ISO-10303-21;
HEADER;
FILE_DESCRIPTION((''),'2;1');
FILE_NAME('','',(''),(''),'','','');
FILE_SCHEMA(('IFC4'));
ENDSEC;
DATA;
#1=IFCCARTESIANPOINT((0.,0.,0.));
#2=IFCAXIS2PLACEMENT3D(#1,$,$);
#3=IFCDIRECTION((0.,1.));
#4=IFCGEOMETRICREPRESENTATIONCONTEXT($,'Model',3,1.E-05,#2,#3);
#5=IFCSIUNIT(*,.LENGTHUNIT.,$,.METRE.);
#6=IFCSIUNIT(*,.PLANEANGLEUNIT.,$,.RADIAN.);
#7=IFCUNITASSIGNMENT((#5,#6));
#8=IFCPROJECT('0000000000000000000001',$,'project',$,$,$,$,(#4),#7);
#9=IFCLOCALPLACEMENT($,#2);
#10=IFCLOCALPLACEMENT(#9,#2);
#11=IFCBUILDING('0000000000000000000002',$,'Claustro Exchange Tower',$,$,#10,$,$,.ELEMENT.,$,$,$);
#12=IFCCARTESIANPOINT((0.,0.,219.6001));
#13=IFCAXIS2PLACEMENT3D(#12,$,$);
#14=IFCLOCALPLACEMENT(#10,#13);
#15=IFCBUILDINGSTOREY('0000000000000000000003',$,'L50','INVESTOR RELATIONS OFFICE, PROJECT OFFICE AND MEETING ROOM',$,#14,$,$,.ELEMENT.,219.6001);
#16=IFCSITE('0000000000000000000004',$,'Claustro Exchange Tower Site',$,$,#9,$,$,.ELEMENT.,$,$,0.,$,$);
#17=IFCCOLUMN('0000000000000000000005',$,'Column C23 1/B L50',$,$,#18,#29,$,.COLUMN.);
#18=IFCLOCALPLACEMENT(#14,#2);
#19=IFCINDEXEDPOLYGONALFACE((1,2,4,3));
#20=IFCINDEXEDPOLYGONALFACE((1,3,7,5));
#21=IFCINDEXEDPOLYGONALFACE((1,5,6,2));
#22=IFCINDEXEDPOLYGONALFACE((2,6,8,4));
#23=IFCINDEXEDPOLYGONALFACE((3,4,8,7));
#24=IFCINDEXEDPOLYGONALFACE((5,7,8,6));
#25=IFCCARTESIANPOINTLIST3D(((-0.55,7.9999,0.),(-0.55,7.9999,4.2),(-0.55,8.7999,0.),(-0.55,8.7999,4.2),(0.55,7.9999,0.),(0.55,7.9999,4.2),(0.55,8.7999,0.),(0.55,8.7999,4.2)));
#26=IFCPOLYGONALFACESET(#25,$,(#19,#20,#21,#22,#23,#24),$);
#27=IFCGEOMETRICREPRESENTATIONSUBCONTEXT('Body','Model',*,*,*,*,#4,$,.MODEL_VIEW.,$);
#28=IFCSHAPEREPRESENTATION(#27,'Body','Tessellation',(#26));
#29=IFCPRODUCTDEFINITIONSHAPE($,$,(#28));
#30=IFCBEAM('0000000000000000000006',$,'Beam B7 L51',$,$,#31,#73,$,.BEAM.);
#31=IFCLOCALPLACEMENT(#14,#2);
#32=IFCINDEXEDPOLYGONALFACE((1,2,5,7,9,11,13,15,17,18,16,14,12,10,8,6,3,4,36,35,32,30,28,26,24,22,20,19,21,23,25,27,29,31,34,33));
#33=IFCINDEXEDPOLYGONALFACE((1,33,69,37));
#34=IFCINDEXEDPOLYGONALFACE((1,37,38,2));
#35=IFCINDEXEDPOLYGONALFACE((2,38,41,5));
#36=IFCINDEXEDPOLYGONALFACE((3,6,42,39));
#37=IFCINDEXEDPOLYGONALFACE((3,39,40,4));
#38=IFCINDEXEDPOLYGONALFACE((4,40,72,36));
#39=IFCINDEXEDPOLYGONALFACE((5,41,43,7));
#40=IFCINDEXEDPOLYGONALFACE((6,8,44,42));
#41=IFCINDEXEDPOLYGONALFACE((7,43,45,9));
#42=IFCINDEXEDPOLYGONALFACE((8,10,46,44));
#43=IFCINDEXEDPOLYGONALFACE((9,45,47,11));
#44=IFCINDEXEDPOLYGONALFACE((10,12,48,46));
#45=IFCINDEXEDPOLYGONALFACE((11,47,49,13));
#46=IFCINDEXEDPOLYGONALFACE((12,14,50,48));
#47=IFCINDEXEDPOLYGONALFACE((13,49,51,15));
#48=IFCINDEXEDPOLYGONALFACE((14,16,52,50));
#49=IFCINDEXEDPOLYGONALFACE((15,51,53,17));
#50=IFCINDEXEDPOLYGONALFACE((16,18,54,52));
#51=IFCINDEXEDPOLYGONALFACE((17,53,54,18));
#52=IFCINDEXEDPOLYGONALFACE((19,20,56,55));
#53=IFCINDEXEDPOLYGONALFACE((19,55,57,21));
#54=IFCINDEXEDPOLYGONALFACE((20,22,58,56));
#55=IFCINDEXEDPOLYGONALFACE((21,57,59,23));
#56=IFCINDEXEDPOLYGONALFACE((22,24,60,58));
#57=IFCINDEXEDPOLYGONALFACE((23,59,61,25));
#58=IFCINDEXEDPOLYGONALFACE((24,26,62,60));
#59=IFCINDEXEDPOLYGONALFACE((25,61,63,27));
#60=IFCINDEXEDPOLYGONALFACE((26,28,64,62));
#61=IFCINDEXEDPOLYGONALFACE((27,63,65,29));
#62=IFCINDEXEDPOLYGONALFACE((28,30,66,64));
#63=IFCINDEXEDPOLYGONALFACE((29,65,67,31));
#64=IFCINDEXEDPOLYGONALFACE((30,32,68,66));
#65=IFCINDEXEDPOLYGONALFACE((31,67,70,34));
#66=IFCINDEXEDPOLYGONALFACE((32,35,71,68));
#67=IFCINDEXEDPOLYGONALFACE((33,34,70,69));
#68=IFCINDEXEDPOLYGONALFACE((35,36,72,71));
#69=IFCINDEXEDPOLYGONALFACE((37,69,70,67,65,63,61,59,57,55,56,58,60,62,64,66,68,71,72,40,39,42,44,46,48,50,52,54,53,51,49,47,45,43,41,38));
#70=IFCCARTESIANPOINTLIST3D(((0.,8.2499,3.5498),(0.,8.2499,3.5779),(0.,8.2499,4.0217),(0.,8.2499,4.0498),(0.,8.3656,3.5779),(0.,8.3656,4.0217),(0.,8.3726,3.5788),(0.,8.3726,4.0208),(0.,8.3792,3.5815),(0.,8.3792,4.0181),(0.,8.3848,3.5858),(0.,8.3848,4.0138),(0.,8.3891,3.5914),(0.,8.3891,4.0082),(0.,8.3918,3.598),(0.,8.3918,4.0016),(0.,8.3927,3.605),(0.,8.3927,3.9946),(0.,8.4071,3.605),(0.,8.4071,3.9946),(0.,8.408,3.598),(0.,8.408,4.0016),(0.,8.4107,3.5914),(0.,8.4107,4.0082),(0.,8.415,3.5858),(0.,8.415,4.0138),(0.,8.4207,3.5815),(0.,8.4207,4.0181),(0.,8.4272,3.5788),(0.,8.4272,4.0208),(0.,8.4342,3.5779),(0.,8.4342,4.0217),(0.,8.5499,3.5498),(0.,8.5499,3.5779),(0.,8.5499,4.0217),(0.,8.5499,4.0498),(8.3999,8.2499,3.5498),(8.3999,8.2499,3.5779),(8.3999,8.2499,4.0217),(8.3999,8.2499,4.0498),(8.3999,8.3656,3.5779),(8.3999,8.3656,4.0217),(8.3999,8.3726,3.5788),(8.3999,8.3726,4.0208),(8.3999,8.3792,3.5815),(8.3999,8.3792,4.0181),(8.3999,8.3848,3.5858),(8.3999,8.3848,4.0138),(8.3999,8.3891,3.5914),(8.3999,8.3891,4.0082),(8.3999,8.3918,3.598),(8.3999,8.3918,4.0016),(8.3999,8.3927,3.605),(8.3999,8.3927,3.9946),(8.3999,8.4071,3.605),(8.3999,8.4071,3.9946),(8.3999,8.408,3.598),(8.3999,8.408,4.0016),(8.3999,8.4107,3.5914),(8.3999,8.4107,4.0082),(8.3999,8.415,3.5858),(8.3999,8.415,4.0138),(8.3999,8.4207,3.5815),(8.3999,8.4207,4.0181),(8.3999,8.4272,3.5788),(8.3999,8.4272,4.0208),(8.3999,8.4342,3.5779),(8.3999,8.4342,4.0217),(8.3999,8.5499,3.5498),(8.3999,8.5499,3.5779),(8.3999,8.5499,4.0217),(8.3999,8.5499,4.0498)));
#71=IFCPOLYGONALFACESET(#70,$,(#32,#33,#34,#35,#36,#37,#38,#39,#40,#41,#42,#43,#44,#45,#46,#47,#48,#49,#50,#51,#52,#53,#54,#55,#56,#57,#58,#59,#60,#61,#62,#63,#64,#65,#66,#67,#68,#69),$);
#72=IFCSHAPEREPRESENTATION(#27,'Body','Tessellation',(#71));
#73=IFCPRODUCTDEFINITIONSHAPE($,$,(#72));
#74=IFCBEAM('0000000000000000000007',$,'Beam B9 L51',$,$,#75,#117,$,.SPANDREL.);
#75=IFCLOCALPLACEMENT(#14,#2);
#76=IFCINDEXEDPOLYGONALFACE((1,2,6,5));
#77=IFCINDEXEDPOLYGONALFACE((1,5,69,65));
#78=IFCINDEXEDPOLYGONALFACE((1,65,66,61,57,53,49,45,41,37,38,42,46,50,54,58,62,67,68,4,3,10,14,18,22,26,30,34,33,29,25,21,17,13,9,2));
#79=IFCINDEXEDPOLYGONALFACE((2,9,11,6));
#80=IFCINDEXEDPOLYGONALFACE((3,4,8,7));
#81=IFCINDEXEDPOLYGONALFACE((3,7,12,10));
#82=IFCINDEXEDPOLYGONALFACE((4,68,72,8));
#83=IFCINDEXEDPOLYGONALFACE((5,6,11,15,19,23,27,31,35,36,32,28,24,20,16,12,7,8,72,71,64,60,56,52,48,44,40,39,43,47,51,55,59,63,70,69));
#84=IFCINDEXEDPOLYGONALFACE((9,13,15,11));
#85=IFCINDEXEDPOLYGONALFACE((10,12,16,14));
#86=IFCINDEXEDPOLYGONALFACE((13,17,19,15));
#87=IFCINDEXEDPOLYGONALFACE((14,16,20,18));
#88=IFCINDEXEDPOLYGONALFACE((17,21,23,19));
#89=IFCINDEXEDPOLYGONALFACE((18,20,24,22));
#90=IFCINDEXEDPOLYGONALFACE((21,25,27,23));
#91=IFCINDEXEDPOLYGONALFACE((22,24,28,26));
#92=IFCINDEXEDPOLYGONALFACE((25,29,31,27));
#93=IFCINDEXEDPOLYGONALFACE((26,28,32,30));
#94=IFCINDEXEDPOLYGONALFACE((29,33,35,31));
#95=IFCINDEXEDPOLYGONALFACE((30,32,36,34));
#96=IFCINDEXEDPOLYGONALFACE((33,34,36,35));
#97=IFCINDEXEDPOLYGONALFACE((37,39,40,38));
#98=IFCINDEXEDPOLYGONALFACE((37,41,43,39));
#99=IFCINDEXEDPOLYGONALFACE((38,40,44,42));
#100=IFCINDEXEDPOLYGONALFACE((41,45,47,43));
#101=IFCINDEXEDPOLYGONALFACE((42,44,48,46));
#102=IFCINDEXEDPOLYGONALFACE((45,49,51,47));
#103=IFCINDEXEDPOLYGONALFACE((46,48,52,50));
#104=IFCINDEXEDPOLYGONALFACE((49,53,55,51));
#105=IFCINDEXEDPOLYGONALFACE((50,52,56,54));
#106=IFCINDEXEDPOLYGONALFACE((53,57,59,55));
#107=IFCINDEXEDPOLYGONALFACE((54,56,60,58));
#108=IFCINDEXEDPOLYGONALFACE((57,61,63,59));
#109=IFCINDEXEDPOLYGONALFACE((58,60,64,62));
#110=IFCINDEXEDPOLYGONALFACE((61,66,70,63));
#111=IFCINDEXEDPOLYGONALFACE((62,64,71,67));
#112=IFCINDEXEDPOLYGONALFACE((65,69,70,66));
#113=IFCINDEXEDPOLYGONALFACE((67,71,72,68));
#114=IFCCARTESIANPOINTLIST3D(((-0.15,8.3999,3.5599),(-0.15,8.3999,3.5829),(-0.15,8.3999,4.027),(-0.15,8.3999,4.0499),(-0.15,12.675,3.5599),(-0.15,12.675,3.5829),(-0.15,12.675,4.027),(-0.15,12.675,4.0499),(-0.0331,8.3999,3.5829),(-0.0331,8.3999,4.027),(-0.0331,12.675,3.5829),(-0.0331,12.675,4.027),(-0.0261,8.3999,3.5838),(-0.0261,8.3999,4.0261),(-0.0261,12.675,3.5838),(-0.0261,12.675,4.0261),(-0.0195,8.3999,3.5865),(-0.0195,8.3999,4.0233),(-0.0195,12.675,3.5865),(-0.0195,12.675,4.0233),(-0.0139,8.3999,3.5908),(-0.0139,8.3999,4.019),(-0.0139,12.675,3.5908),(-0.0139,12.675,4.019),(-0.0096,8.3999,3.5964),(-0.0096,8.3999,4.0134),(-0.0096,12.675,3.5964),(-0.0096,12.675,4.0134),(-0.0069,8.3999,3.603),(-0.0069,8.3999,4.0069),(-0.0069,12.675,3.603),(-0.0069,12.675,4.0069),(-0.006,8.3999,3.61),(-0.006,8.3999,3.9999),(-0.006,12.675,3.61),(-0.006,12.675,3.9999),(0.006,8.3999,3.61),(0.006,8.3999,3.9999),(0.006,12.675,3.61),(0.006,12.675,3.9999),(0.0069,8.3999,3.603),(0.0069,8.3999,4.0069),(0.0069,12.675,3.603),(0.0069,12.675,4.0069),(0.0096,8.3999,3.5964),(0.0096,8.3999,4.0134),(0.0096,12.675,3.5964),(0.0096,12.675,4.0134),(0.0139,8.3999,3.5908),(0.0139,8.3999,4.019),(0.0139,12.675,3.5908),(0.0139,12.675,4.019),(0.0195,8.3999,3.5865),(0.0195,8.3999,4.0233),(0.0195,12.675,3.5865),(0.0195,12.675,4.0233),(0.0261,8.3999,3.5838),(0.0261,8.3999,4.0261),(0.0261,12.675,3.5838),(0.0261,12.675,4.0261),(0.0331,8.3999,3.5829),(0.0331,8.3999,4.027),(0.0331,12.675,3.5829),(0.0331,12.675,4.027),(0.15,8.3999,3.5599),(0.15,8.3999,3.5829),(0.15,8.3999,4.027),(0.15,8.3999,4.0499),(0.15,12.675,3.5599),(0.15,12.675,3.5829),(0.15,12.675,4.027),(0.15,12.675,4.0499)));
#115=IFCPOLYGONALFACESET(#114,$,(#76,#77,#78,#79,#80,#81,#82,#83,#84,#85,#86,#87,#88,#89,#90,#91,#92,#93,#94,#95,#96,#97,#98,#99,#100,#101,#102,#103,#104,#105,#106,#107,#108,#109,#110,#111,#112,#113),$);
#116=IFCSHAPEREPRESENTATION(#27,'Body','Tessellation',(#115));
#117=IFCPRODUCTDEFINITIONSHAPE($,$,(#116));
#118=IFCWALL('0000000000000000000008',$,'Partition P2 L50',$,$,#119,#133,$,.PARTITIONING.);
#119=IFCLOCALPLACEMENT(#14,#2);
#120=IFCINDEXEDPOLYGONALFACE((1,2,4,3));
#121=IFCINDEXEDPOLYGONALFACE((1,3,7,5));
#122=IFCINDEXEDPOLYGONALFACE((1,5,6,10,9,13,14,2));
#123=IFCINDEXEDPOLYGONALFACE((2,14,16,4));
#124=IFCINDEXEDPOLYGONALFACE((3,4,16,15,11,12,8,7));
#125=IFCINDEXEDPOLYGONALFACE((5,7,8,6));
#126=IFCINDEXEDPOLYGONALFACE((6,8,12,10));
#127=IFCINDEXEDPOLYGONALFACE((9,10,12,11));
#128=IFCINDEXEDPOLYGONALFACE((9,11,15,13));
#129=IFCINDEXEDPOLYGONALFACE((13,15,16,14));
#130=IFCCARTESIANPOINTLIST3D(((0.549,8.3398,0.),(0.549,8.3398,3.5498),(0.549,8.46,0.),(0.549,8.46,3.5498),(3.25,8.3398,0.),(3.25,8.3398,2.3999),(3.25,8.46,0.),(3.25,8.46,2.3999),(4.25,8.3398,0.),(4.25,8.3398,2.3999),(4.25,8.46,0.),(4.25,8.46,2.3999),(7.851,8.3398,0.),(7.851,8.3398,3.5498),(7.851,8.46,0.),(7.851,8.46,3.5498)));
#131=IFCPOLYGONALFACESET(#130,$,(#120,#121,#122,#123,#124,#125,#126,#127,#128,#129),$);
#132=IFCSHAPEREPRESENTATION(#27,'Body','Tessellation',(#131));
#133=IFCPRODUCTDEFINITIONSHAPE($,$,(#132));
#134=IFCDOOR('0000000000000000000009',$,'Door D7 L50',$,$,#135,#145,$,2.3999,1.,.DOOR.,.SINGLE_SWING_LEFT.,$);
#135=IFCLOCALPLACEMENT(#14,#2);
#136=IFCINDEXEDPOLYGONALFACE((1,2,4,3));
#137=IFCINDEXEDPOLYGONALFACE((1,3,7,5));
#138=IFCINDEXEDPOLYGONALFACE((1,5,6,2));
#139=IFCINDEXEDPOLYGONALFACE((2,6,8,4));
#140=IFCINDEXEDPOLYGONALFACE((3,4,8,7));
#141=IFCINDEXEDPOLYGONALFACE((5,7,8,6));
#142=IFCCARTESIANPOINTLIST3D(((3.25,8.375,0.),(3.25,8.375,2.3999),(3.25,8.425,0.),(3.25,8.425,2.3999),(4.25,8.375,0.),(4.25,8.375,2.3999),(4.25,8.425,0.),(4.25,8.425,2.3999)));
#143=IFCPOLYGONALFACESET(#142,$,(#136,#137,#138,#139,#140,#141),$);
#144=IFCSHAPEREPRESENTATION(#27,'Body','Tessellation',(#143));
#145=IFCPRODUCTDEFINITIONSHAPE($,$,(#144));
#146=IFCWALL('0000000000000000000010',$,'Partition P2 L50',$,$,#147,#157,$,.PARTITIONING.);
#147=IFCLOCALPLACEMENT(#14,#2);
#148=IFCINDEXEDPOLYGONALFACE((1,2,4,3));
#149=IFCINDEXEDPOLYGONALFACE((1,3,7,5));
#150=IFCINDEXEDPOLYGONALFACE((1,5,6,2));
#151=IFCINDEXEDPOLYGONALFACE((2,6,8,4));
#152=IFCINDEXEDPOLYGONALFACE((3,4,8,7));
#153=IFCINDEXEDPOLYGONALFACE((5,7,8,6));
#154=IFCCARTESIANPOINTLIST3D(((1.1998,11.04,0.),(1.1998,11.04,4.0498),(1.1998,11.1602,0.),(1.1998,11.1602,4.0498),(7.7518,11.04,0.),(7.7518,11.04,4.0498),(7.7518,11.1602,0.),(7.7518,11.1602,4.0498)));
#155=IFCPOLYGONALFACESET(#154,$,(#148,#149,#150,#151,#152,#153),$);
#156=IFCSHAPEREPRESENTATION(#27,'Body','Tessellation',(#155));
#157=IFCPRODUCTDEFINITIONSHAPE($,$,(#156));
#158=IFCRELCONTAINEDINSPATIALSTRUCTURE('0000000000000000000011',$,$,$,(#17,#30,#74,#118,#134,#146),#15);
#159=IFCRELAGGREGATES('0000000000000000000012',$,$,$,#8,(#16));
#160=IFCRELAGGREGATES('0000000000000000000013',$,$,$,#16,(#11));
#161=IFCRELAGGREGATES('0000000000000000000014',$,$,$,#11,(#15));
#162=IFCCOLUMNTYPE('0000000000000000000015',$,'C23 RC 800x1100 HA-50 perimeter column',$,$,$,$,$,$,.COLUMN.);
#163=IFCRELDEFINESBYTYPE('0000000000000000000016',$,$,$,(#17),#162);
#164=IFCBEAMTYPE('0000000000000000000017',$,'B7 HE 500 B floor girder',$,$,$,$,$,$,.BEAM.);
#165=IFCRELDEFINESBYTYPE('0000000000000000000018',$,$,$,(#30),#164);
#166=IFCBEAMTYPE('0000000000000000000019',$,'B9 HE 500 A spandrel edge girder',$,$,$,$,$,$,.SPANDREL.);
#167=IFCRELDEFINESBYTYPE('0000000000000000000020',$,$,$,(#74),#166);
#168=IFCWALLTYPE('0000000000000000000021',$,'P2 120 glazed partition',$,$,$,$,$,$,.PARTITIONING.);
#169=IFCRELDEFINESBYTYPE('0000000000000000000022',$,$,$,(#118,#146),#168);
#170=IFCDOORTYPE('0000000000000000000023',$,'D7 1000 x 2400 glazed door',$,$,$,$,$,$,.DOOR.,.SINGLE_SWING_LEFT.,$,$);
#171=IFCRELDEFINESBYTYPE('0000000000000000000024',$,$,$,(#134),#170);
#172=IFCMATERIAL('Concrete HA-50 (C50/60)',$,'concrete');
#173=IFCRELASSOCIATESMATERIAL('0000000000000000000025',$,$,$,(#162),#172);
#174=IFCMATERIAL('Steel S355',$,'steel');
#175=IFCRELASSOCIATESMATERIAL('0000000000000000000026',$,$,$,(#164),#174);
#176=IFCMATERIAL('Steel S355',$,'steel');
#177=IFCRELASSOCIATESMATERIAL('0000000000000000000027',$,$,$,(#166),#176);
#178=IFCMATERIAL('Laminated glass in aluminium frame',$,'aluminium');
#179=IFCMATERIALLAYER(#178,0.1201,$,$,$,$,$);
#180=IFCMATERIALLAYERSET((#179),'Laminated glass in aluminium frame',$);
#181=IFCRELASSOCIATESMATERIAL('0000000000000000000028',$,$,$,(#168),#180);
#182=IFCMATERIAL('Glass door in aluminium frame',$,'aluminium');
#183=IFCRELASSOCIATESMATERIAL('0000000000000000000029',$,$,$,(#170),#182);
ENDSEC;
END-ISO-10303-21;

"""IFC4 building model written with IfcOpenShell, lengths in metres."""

from ifc_helpers import new_model, si_unit, direction, frame, frame_2d, origin, origin_2d, place, context, subcontext, project, spatial, rectangle, i_section, extrude, material, layer, layer_set, material_profile, profile_set, type_object, element, fill, save


model = new_model("IFC4")

# Units and contexts
model_context = context("Model", 3, precision=1e-05, world=origin(), true_north=direction((0.0, 1.0)))
body_context = subcontext(model_context, "Body", "Model", "MODEL_VIEW")
ifc_project = project(units=[si_unit("LENGTHUNIT", "METRE"), si_unit("PLANEANGLEUNIT", "RADIAN")], contexts=[model_context])

# Site, building, storey
site_placement = place(None, origin())
site = spatial("IfcSite", under=ifc_project, at=site_placement, Name="Claustro Exchange Tower Site", CompositionType="ELEMENT", RefElevation=0.0)
building_placement = place(site_placement, origin())
building = spatial("IfcBuilding", under=site, at=building_placement, Name="Claustro Exchange Tower", CompositionType="ELEMENT")
storey_placement = place(building_placement, frame((0.0, 0.0, 219.6001)))
storey = spatial("IfcBuildingStorey", under=building, at=storey_placement, Name="L50", Description="INVESTOR RELATIONS OFFICE, PROJECT OFFICE AND MEETING ROOM", CompositionType="ELEMENT", Elevation=219.6001)

# Column
ifc_material_1 = material(Name="Concrete HA-50 (C50/60)", Category="concrete")
ifc_material_profile_1 = material_profile(ifc_material_1, rectangle(XDim=0.8, YDim=1.1001, at=origin_2d()), Name="RC 800x1100")
ifc_profile_set_1 = profile_set([ifc_material_profile_1], Name="Concrete HA-50 (C50/60)")
column_type = type_object("IfcColumnType", Name="C23 RC 800x1100 HA-50 perimeter column", PredefinedType="COLUMN", material=ifc_profile_set_1)
column_placement = place(storey_placement, frame((0.0, 8.3999, 0.0), z_axis=(0.0, 0.0, 1.0), x_axis=(0.0, 1.0, 0.0)))
element("IfcColumn", 1, at=column_placement, inside=storey, type_object=column_type, Name="Column C23 1/B L50", PredefinedType="COLUMN", context=body_context, shape_type="SweptSolid", body=[
    extrude(rectangle(XDim=0.8, YDim=1.1001, at=origin_2d()), origin(), (0.0, 0.0, 1.0), 4.2),
])

# Beams
ifc_material_2 = material(Name="Steel S355", Category="steel")
ifc_material_profile_2 = material_profile(ifc_material_2, i_section(OverallWidth=0.3, OverallDepth=0.5, WebThickness=0.0144, FlangeThickness=0.0281, FilletRadius=0.0271, at=origin_2d()), Name="HE 500 B")
ifc_profile_set_2 = profile_set([ifc_material_profile_2], Name="Steel S355")
beam_type_1 = type_object("IfcBeamType", Name="B7 HE 500 B floor girder", PredefinedType="BEAM", material=ifc_profile_set_2)
beam_1_placement = place(storey_placement, frame((0.0, 8.3999, 3.7998), z_axis=(1.0, 0.0, 0.0), x_axis=(0.0, 1.0, 0.0)))
element("IfcBeam", 2, at=beam_1_placement, inside=storey, type_object=beam_type_1, Name="Beam B7 L51", PredefinedType="BEAM", context=body_context, shape_type="SweptSolid", body=[
    extrude(i_section(OverallWidth=0.3, OverallDepth=0.5, WebThickness=0.0144, FlangeThickness=0.0281, FilletRadius=0.0271, at=origin_2d()), origin(), (0.0, 0.0, 1.0), 8.3999),
])
ifc_material_3 = material(Name="Steel S355", Category="steel")
ifc_material_profile_3 = material_profile(ifc_material_3, i_section(OverallWidth=0.3, OverallDepth=0.49, WebThickness=0.012, FlangeThickness=0.0229, FilletRadius=0.0271, at=origin_2d()), Name="HE 500 A")
ifc_profile_set_3 = profile_set([ifc_material_profile_3], Name="Steel S355")
beam_type_2 = type_object("IfcBeamType", Name="B9 HE 500 A spandrel edge girder", PredefinedType="SPANDREL", material=ifc_profile_set_3)
beam_2_placement = place(storey_placement, frame((0.0, 8.3999, 3.8049), z_axis=(0.0, 1.0, 0.0), x_axis=(-1.0, 0.0, 0.0)))
element("IfcBeam", 3, at=beam_2_placement, inside=storey, type_object=beam_type_2, Name="Beam B9 L51", PredefinedType="SPANDREL", context=body_context, shape_type="SweptSolid", body=[
    extrude(i_section(OverallWidth=0.3, OverallDepth=0.49, WebThickness=0.012, FlangeThickness=0.0229, FilletRadius=0.0271, at=origin_2d()), origin(), (0.0, 0.0, 1.0), 4.2751),
])

# Wall, opening, door
ifc_material_4 = material(Name="Laminated glass in aluminium frame", Category="aluminium")
ifc_layer = layer(ifc_material_4, 0.1201)
ifc_layer_set = layer_set([ifc_layer], Name="Laminated glass in aluminium frame")
wall_type = type_object("IfcWallType", Name="P2 120 glazed partition", PredefinedType="PARTITIONING", material=ifc_layer_set)
wall_1_placement = place(storey_placement, frame((0.5491, 8.3999, 0.0), z_axis=(0.0, 0.0, 1.0), x_axis=(1.0, 0.0, 0.0)))
wall_1 = element("IfcWall", 4, at=wall_1_placement, inside=storey, type_object=wall_type, Name="Partition P2 L50", PredefinedType="PARTITIONING", context=body_context, shape_type="SweptSolid", body=[
    extrude(rectangle(XDim=7.302, YDim=0.1201, at=frame_2d((3.6509, 0.0))), origin(), (0.0, 0.0, 1.0), 3.5498),
])
opening_placement = place(wall_1_placement, frame((2.7009, 0.0, 0.0)))
opening = element("IfcOpeningElement", 5, at=opening_placement, cuts=wall_1, PredefinedType="OPENING", context=body_context, shape_type="SweptSolid", body=[
    extrude(rectangle(XDim=1.0, YDim=2.3999, at=frame_2d((0.5, 1.2))), frame((0.0, 0.0701, 0.0), z_axis=(0.0, -1.0, 0.0), x_axis=(1.0, 0.0, 0.0)), (0.0, 0.0, 1.0), 0.1401),
])
ifc_material_5 = material(Name="Glass door in aluminium frame", Category="aluminium")
door_type = type_object("IfcDoorType", Name="D7 1000 x 2400 glazed door", OperationType="SINGLE_SWING_LEFT", PredefinedType="DOOR", material=ifc_material_5)
door_placement = place(opening_placement, frame((1.0, 0.0, 0.0), z_axis=(0.0, 0.0, 1.0), x_axis=(-1.0, 0.0, 0.0)))
door = element("IfcDoor", 6, at=door_placement, inside=storey, type_object=door_type, Name="Door D7 L50", OperationType="SINGLE_SWING_LEFT", OverallHeight=2.3999, OverallWidth=1.0, PredefinedType="DOOR", context=body_context, shape_type="SweptSolid", body=[
    extrude(rectangle(XDim=1.0, YDim=2.3999, at=frame_2d((0.5, 1.2))), frame((0.0, 0.0249, 0.0), z_axis=(0.0, -1.0, 0.0), x_axis=(1.0, 0.0, 0.0)), (0.0, 0.0, 1.0), 0.05),
])
fill(opening, door)

# Wall
wall_2_placement = place(storey_placement, frame((1.2, 11.1001, 0.0), z_axis=(0.0, 0.0, 1.0), x_axis=(1.0, 0.0, 0.0)))
element("IfcWall", 7, at=wall_2_placement, inside=storey, type_object=wall_type, Name="Partition P2 L50", PredefinedType="PARTITIONING", context=body_context, shape_type="SweptSolid", body=[
    extrude(rectangle(XDim=6.552, YDim=0.1201, at=frame_2d((3.2759, 0.0))), origin(), (0.0, 0.0, 1.0), 4.0498),
])

save(model, "model.ifc")
